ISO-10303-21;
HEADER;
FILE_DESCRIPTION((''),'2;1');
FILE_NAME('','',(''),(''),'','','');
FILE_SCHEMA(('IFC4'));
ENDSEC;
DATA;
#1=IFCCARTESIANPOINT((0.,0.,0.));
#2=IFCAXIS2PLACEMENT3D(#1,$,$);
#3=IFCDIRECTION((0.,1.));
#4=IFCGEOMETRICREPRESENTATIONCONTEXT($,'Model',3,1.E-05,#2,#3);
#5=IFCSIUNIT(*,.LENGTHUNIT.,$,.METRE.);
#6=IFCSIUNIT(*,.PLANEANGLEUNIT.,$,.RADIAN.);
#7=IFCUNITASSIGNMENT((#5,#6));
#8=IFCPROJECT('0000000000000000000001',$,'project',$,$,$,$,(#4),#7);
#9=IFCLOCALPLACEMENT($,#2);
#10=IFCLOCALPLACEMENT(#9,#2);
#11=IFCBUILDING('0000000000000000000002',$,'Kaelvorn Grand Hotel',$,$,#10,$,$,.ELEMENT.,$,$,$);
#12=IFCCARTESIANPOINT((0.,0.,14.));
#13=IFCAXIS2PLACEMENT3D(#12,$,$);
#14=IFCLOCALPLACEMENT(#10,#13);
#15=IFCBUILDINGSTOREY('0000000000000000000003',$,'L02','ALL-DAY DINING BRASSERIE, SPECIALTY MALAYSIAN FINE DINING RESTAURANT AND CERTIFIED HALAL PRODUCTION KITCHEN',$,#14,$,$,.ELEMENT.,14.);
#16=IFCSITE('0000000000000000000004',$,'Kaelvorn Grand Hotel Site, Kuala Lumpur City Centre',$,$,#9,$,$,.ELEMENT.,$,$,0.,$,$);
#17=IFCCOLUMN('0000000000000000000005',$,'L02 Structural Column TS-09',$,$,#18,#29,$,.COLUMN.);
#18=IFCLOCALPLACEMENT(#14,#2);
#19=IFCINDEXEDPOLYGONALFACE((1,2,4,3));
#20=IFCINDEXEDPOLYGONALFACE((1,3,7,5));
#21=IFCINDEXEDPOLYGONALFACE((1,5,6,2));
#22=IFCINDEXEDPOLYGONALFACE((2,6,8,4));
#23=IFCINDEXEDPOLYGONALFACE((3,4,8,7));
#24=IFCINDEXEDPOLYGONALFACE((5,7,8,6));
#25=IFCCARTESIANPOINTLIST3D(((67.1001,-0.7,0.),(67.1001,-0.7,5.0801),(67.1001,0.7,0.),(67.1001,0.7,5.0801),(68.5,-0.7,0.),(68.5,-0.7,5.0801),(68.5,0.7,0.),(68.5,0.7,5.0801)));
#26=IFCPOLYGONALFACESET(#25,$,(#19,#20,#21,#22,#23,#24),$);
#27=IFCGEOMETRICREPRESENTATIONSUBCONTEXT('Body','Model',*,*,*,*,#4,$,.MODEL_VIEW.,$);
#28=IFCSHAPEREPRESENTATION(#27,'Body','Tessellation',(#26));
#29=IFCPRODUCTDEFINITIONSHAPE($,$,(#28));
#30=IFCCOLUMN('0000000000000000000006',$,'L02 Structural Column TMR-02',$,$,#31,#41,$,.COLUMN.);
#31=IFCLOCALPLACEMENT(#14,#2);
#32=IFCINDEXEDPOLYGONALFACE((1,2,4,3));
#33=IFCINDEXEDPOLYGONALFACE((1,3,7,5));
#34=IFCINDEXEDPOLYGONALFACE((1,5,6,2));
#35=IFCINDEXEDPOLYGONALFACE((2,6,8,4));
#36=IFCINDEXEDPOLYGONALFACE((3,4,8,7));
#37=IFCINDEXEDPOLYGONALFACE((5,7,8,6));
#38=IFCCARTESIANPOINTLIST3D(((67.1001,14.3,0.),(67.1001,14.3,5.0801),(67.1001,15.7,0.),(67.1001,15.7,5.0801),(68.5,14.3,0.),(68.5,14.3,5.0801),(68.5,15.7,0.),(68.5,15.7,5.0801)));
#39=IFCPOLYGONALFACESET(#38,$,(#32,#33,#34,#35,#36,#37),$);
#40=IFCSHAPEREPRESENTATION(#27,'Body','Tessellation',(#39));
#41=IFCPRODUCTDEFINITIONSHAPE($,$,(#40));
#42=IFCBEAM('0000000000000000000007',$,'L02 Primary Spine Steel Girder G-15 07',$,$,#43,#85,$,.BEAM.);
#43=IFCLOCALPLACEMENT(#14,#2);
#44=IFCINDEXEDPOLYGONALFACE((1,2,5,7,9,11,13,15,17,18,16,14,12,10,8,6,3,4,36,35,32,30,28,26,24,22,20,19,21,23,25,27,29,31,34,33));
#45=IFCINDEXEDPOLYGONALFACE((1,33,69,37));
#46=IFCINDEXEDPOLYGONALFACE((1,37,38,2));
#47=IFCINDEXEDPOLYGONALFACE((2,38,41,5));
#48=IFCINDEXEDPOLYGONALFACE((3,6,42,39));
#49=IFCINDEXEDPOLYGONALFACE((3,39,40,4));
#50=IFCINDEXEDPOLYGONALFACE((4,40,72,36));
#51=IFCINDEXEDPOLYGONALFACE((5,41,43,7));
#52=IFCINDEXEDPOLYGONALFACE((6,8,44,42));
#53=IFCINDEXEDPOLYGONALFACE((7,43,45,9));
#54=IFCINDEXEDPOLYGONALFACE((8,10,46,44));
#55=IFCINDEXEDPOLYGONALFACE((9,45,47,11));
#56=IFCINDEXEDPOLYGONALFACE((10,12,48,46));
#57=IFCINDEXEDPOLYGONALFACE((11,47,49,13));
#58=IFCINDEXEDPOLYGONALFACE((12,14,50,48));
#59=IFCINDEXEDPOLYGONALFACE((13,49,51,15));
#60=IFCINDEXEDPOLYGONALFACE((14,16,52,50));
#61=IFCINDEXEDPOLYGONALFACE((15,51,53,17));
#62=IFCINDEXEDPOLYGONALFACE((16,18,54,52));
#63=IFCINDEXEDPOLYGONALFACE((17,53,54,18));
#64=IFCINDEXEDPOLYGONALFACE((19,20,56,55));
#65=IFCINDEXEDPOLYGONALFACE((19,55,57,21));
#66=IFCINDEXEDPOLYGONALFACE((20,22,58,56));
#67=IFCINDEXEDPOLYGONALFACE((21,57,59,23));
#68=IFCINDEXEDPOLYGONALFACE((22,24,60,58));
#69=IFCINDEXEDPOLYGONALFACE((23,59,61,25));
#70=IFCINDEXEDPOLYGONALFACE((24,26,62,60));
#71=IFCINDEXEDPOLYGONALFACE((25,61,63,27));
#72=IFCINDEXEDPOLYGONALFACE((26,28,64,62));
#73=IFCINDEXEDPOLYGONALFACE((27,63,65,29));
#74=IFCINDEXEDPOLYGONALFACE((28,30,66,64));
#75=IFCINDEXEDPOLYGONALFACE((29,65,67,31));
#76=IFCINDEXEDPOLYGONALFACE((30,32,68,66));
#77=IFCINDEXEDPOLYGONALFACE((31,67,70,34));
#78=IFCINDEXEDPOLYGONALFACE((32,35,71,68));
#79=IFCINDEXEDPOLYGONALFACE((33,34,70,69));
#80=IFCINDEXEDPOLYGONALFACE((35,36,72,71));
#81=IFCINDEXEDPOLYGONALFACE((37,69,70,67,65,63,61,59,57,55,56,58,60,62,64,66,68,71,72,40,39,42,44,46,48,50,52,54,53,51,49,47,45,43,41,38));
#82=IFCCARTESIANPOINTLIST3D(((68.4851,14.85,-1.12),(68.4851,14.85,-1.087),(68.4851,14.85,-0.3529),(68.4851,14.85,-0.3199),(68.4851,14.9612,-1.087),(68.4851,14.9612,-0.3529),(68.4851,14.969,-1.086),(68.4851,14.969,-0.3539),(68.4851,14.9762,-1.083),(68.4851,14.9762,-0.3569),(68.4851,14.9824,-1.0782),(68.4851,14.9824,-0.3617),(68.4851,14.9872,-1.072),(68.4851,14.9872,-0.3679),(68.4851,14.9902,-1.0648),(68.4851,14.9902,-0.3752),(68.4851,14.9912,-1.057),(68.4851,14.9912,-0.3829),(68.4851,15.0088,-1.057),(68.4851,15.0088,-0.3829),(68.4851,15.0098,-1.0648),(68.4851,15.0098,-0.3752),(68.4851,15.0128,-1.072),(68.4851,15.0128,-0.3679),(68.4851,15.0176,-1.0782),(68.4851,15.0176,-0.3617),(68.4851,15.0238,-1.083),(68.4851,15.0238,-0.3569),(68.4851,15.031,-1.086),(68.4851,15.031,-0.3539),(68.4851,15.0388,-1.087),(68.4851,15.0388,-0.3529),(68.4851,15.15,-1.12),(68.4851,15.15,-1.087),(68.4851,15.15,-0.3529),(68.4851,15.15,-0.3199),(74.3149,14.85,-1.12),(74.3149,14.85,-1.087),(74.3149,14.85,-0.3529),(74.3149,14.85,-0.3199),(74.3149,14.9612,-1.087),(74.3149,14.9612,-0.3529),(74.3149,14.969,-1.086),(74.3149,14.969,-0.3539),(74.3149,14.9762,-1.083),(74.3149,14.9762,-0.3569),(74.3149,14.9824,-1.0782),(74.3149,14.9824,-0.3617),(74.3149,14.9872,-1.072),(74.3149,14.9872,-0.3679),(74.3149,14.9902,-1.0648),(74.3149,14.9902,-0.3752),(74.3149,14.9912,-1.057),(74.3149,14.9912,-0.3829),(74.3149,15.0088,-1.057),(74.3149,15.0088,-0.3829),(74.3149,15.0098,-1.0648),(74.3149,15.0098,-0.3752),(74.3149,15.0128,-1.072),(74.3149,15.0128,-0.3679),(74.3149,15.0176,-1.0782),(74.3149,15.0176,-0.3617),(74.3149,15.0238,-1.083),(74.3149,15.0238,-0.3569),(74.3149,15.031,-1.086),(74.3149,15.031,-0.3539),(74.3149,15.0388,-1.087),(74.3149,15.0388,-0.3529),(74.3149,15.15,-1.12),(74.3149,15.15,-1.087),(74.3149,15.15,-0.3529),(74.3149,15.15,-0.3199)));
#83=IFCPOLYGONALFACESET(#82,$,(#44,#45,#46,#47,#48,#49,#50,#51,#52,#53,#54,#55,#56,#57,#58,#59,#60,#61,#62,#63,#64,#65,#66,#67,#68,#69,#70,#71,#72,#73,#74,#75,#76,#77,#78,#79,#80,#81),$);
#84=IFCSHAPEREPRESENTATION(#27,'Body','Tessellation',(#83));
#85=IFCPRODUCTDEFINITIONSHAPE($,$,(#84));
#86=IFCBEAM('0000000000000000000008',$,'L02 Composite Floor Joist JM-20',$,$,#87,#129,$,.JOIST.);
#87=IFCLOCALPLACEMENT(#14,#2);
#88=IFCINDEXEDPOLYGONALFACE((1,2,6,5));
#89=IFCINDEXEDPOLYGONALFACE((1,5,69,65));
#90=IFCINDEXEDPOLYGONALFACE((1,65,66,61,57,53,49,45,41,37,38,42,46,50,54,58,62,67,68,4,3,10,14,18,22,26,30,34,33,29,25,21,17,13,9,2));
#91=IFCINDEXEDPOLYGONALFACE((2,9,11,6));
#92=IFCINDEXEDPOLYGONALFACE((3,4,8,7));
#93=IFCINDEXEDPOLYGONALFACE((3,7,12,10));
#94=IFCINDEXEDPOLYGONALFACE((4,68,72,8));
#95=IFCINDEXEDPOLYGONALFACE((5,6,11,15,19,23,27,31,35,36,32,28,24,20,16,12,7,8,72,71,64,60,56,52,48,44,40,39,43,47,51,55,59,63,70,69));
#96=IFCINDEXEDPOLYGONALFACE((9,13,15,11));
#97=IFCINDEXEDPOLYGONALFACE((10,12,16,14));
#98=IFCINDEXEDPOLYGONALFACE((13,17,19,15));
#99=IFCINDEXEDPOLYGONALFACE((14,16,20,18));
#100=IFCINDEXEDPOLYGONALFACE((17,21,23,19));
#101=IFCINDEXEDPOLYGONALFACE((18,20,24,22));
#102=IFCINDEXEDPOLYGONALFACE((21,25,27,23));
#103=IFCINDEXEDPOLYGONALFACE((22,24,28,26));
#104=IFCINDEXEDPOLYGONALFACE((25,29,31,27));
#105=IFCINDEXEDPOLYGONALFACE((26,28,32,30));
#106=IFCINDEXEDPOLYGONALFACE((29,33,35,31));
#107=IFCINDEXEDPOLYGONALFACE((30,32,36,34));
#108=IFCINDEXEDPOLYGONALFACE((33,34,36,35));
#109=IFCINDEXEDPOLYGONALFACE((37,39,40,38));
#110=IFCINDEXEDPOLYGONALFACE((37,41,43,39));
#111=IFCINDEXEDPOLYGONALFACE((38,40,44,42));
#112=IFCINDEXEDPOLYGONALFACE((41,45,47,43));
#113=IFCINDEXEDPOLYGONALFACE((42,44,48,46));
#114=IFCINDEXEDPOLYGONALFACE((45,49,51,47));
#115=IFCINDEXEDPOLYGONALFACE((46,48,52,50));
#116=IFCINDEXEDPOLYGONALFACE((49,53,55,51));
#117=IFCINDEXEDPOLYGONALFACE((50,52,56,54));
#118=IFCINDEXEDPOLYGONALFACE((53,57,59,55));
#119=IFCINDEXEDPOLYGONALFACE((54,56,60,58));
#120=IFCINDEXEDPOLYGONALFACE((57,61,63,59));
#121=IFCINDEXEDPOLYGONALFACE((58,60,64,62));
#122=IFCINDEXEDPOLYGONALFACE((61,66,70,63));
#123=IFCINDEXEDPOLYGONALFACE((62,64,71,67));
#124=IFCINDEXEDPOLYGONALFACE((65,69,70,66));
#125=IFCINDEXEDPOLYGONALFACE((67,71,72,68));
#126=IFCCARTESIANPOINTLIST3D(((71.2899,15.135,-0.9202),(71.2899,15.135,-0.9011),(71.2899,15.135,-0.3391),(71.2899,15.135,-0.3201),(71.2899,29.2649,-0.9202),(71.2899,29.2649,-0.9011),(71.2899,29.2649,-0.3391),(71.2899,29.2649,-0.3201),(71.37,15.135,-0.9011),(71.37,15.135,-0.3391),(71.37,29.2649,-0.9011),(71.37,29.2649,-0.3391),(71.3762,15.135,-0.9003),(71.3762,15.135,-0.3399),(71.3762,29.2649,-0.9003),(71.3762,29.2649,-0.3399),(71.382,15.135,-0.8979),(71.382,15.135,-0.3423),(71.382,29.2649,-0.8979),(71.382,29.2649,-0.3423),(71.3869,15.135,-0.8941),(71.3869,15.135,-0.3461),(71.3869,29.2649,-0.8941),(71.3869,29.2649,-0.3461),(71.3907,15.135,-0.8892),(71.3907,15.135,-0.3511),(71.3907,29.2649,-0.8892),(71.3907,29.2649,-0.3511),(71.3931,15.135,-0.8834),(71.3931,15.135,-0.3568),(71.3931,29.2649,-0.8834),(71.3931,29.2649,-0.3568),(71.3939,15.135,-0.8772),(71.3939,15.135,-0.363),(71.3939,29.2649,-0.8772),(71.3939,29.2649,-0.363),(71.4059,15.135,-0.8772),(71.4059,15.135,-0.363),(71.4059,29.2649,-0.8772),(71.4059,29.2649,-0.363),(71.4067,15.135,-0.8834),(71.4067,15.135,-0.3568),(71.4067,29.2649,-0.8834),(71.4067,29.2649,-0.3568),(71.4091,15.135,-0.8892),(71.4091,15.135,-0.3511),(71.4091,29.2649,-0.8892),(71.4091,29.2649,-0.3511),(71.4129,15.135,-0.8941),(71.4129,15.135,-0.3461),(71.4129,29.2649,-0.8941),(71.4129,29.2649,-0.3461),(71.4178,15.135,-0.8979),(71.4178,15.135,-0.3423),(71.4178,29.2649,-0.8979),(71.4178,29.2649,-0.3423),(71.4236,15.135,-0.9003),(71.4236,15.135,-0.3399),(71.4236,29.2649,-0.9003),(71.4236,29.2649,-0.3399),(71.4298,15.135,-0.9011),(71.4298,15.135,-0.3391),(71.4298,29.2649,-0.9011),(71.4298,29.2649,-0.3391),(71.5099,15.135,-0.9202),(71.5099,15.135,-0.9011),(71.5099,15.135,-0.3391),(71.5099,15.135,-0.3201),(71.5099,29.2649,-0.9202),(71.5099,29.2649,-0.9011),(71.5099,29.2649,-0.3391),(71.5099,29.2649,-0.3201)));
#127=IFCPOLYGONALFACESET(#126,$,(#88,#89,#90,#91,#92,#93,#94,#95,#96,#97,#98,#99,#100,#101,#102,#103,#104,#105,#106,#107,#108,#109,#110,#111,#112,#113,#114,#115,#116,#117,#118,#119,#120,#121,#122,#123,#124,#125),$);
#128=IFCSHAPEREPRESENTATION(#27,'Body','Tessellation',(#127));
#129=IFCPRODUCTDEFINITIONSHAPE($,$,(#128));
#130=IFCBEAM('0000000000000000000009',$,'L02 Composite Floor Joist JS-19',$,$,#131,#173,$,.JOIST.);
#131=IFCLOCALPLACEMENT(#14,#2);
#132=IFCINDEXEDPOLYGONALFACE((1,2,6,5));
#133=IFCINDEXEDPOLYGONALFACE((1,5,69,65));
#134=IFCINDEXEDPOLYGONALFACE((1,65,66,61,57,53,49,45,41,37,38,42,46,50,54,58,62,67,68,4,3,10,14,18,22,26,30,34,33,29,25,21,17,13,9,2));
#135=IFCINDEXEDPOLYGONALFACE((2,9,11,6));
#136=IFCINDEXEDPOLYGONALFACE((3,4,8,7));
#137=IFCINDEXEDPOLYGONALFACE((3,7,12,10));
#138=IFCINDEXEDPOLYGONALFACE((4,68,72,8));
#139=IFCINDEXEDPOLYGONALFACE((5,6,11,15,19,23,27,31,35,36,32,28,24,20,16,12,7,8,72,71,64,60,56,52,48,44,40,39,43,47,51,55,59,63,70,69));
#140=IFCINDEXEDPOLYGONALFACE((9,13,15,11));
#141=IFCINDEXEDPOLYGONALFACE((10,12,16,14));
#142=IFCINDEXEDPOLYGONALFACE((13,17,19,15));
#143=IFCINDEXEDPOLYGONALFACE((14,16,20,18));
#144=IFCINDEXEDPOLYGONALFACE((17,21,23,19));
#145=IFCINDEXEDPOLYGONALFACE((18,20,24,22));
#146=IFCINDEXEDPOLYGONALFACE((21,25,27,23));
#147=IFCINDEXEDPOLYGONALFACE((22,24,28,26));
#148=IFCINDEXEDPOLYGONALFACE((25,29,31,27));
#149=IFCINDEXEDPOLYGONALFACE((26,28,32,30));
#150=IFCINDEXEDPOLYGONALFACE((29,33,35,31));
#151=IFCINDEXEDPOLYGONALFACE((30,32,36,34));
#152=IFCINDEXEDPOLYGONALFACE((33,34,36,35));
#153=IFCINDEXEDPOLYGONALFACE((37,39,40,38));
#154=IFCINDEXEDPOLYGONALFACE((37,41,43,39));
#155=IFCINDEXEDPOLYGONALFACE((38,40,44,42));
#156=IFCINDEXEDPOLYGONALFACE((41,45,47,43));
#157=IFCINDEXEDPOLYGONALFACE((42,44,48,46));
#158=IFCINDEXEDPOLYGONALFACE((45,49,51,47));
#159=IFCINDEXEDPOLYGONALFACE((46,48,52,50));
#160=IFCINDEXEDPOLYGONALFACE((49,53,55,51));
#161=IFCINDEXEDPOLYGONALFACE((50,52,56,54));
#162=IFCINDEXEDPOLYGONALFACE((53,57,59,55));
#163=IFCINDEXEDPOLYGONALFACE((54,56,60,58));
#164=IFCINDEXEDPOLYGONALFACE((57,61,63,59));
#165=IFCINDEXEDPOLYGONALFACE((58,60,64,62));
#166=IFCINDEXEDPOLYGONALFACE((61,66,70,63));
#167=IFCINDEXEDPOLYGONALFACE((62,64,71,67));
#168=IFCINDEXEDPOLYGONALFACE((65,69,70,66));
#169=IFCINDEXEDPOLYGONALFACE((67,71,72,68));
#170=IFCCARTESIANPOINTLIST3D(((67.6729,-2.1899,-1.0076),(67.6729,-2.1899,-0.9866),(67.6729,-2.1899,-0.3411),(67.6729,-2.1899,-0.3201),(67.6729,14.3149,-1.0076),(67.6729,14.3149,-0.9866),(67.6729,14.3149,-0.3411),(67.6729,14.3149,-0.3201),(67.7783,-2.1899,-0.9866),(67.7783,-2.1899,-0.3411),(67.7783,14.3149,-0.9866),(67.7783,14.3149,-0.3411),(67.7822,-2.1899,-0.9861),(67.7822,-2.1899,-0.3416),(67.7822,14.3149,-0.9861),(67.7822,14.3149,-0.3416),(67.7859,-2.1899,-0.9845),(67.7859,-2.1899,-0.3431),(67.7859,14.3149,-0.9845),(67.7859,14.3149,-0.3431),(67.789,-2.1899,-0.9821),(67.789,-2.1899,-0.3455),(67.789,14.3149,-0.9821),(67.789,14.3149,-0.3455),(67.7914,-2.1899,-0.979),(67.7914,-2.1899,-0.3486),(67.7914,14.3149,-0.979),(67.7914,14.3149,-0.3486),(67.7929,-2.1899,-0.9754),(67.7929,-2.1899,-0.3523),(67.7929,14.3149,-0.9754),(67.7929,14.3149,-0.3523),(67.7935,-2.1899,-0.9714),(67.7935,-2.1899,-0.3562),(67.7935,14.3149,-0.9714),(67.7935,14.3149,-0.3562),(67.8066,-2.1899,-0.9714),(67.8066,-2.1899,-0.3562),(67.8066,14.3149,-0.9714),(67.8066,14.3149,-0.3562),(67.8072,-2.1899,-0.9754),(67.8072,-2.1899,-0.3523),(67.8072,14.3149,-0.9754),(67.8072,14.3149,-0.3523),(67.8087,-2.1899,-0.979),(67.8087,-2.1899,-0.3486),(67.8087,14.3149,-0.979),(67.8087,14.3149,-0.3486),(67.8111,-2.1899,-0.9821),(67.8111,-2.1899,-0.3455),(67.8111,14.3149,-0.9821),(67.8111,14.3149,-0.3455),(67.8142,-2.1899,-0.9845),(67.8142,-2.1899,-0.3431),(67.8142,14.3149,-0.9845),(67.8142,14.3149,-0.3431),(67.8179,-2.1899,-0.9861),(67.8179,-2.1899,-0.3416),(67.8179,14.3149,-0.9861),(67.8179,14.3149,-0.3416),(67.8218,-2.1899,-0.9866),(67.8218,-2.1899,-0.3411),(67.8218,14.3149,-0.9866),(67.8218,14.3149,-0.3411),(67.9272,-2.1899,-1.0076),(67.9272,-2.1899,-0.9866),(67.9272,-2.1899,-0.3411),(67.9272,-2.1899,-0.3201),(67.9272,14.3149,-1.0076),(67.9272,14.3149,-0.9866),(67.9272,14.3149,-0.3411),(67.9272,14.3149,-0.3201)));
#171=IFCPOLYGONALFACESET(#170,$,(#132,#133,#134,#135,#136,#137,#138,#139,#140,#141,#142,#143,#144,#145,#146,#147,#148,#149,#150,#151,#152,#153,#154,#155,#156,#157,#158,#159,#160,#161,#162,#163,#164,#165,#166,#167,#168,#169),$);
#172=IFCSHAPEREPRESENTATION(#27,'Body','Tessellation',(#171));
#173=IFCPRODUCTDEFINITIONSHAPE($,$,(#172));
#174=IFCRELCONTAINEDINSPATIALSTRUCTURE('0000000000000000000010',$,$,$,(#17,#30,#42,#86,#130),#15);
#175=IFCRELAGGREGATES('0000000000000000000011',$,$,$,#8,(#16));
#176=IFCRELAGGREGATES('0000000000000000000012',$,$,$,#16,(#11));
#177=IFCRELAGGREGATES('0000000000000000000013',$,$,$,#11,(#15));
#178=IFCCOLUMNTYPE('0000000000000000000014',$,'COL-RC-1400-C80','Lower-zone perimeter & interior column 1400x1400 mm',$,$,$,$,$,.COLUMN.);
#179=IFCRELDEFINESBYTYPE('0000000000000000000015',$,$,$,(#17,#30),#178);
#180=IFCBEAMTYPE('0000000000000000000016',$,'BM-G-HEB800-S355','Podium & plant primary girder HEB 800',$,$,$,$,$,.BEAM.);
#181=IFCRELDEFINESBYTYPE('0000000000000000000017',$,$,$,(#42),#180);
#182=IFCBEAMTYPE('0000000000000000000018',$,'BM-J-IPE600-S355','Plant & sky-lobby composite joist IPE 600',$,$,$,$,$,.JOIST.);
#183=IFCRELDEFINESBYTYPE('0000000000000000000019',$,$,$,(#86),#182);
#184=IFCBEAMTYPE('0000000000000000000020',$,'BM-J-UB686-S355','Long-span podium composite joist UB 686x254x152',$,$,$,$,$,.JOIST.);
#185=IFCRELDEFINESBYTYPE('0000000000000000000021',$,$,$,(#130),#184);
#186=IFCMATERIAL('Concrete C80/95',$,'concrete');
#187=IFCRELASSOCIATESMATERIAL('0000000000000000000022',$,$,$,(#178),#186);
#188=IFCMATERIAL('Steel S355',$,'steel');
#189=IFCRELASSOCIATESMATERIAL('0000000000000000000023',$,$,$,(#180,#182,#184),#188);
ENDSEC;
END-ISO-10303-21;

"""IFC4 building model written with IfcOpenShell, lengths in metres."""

from ifc_helpers import new_model, si_unit, direction, frame, origin, origin_2d, place, context, subcontext, project, spatial, rectangle, i_section, extrude, material, material_profile, profile_set, type_object, element, save


model = new_model("IFC4")

# Units and contexts
model_context = context("Model", 3, precision=1e-05, world=origin(), true_north=direction((0.0, 1.0)))
body_context = subcontext(model_context, "Body", "Model", "MODEL_VIEW")
ifc_project = project(units=[si_unit("LENGTHUNIT", "METRE"), si_unit("PLANEANGLEUNIT", "RADIAN")], contexts=[model_context])

# Site, building, storey
site_placement = place(None, origin())
site = spatial("IfcSite", under=ifc_project, at=site_placement, Name="Kaelvorn Grand Hotel Site, Kuala Lumpur City Centre", CompositionType="ELEMENT", RefElevation=0.0)
building_placement = place(site_placement, origin())
building = spatial("IfcBuilding", under=site, at=building_placement, Name="Kaelvorn Grand Hotel", CompositionType="ELEMENT")
storey_placement = place(building_placement, frame((0.0, 0.0, 14.0)))
storey = spatial("IfcBuildingStorey", under=building, at=storey_placement, Name="L02", Description="ALL-DAY DINING BRASSERIE, SPECIALTY MALAYSIAN FINE DINING RESTAURANT AND CERTIFIED HALAL PRODUCTION KITCHEN", CompositionType="ELEMENT", Elevation=14.0)

# Columns
ifc_material_1 = material(Name="Concrete C80/95", Category="concrete")
ifc_material_profile_1 = material_profile(ifc_material_1, rectangle(XDim=1.3999, YDim=1.3999, at=origin_2d()), Name="RC COL 1400x1400")
ifc_profile_set_1 = profile_set([ifc_material_profile_1], Name="Concrete C80/95")
column_type = type_object("IfcColumnType", Name="COL-RC-1400-C80", Description="Lower-zone perimeter & interior column 1400x1400 mm", PredefinedType="COLUMN", material=ifc_profile_set_1)
for number, where, z_axis, x_axis, name in (
    (1, (67.8, 0.0, 0.0), (0.0, 0.0, 1.0), (1.0, 0.0, 0.0), "L02 Structural Column TS-09"),
    (2, (67.8, 15.0, 0.0), (0.0, 0.0, 1.0), (1.0, 0.0, 0.0), "L02 Structural Column TMR-02"),
):
    element("IfcColumn", number, at=place(storey_placement, frame(where, z_axis=z_axis, x_axis=x_axis)), inside=storey, type_object=column_type, Name=name, PredefinedType="COLUMN", context=body_context, shape_type="SweptSolid", body=[
        extrude(rectangle(XDim=1.3999, YDim=1.3999, at=origin_2d()), origin(), (0.0, 0.0, 1.0), 5.0801),
    ])

# Beams
ifc_material_2 = material(Name="Steel S355", Category="steel")
ifc_material_profile_2 = material_profile(ifc_material_2, i_section(OverallWidth=0.3, OverallDepth=0.8, WebThickness=0.0176, FlangeThickness=0.033, FilletRadius=0.03, at=origin_2d()), Name="HEB 800")
ifc_profile_set_2 = profile_set([ifc_material_profile_2], Name="Steel S355")
beam_type_1 = type_object("IfcBeamType", Name="BM-G-HEB800-S355", Description="Podium & plant primary girder HEB 800", PredefinedType="BEAM", material=ifc_profile_set_2)
beam_1_placement = place(storey_placement, frame((68.4851, 15.0, -0.72), z_axis=(1.0, 0.0, 0.0), x_axis=(0.0, 1.0, 0.0)))
element("IfcBeam", 3, at=beam_1_placement, inside=storey, type_object=beam_type_1, Name="L02 Primary Spine Steel Girder G-15 07", PredefinedType="BEAM", context=body_context, shape_type="SweptSolid", body=[
    extrude(i_section(OverallWidth=0.3, OverallDepth=0.8, WebThickness=0.0176, FlangeThickness=0.033, FilletRadius=0.03, at=origin_2d()), origin(), (0.0, 0.0, 1.0), 5.8298),
])
ifc_material_profile_3 = material_profile(ifc_material_2, i_section(OverallWidth=0.22, OverallDepth=0.6001, WebThickness=0.012, FlangeThickness=0.019, FilletRadius=0.0239, at=origin_2d()), Name="IPE 600")
ifc_profile_set_3 = profile_set([ifc_material_profile_3], Name="Steel S355")
beam_type_2 = type_object("IfcBeamType", Name="BM-J-IPE600-S355", Description="Plant & sky-lobby composite joist IPE 600", PredefinedType="JOIST", material=ifc_profile_set_3)
beam_2_placement = place(storey_placement, frame((71.3999, 15.135, -0.6201), z_axis=(0.0, 1.0, 0.0), x_axis=(-1.0, 0.0, 0.0)))
element("IfcBeam", 4, at=beam_2_placement, inside=storey, type_object=beam_type_2, Name="L02 Composite Floor Joist JM-20", PredefinedType="JOIST", context=body_context, shape_type="SweptSolid", body=[
    extrude(i_section(OverallWidth=0.22, OverallDepth=0.6001, WebThickness=0.012, FlangeThickness=0.019, FilletRadius=0.0239, at=origin_2d()), origin(), (0.0, 0.0, 1.0), 14.1299),
])
ifc_material_profile_4 = material_profile(ifc_material_2, i_section(OverallWidth=0.2544, OverallDepth=0.6875, WebThickness=0.0132, FlangeThickness=0.021, FilletRadius=0.0151, at=origin_2d()), Name="UB 686x254x152")
ifc_profile_set_4 = profile_set([ifc_material_profile_4], Name="Steel S355")
beam_type_3 = type_object("IfcBeamType", Name="BM-J-UB686-S355", Description="Long-span podium composite joist UB 686x254x152", PredefinedType="JOIST", material=ifc_profile_set_4)
beam_3_placement = place(storey_placement, frame((67.8, -2.1899, -0.6638), z_axis=(0.0, 1.0, 0.0), x_axis=(-1.0, 0.0, 0.0)))
element("IfcBeam", 5, at=beam_3_placement, inside=storey, type_object=beam_type_3, Name="L02 Composite Floor Joist JS-19", PredefinedType="JOIST", context=body_context, shape_type="SweptSolid", body=[
    extrude(i_section(OverallWidth=0.2544, OverallDepth=0.6875, WebThickness=0.0132, FlangeThickness=0.021, FilletRadius=0.0151, at=origin_2d()), origin(), (0.0, 0.0, 1.0), 16.5049),
])

save(model, "model.ifc")
